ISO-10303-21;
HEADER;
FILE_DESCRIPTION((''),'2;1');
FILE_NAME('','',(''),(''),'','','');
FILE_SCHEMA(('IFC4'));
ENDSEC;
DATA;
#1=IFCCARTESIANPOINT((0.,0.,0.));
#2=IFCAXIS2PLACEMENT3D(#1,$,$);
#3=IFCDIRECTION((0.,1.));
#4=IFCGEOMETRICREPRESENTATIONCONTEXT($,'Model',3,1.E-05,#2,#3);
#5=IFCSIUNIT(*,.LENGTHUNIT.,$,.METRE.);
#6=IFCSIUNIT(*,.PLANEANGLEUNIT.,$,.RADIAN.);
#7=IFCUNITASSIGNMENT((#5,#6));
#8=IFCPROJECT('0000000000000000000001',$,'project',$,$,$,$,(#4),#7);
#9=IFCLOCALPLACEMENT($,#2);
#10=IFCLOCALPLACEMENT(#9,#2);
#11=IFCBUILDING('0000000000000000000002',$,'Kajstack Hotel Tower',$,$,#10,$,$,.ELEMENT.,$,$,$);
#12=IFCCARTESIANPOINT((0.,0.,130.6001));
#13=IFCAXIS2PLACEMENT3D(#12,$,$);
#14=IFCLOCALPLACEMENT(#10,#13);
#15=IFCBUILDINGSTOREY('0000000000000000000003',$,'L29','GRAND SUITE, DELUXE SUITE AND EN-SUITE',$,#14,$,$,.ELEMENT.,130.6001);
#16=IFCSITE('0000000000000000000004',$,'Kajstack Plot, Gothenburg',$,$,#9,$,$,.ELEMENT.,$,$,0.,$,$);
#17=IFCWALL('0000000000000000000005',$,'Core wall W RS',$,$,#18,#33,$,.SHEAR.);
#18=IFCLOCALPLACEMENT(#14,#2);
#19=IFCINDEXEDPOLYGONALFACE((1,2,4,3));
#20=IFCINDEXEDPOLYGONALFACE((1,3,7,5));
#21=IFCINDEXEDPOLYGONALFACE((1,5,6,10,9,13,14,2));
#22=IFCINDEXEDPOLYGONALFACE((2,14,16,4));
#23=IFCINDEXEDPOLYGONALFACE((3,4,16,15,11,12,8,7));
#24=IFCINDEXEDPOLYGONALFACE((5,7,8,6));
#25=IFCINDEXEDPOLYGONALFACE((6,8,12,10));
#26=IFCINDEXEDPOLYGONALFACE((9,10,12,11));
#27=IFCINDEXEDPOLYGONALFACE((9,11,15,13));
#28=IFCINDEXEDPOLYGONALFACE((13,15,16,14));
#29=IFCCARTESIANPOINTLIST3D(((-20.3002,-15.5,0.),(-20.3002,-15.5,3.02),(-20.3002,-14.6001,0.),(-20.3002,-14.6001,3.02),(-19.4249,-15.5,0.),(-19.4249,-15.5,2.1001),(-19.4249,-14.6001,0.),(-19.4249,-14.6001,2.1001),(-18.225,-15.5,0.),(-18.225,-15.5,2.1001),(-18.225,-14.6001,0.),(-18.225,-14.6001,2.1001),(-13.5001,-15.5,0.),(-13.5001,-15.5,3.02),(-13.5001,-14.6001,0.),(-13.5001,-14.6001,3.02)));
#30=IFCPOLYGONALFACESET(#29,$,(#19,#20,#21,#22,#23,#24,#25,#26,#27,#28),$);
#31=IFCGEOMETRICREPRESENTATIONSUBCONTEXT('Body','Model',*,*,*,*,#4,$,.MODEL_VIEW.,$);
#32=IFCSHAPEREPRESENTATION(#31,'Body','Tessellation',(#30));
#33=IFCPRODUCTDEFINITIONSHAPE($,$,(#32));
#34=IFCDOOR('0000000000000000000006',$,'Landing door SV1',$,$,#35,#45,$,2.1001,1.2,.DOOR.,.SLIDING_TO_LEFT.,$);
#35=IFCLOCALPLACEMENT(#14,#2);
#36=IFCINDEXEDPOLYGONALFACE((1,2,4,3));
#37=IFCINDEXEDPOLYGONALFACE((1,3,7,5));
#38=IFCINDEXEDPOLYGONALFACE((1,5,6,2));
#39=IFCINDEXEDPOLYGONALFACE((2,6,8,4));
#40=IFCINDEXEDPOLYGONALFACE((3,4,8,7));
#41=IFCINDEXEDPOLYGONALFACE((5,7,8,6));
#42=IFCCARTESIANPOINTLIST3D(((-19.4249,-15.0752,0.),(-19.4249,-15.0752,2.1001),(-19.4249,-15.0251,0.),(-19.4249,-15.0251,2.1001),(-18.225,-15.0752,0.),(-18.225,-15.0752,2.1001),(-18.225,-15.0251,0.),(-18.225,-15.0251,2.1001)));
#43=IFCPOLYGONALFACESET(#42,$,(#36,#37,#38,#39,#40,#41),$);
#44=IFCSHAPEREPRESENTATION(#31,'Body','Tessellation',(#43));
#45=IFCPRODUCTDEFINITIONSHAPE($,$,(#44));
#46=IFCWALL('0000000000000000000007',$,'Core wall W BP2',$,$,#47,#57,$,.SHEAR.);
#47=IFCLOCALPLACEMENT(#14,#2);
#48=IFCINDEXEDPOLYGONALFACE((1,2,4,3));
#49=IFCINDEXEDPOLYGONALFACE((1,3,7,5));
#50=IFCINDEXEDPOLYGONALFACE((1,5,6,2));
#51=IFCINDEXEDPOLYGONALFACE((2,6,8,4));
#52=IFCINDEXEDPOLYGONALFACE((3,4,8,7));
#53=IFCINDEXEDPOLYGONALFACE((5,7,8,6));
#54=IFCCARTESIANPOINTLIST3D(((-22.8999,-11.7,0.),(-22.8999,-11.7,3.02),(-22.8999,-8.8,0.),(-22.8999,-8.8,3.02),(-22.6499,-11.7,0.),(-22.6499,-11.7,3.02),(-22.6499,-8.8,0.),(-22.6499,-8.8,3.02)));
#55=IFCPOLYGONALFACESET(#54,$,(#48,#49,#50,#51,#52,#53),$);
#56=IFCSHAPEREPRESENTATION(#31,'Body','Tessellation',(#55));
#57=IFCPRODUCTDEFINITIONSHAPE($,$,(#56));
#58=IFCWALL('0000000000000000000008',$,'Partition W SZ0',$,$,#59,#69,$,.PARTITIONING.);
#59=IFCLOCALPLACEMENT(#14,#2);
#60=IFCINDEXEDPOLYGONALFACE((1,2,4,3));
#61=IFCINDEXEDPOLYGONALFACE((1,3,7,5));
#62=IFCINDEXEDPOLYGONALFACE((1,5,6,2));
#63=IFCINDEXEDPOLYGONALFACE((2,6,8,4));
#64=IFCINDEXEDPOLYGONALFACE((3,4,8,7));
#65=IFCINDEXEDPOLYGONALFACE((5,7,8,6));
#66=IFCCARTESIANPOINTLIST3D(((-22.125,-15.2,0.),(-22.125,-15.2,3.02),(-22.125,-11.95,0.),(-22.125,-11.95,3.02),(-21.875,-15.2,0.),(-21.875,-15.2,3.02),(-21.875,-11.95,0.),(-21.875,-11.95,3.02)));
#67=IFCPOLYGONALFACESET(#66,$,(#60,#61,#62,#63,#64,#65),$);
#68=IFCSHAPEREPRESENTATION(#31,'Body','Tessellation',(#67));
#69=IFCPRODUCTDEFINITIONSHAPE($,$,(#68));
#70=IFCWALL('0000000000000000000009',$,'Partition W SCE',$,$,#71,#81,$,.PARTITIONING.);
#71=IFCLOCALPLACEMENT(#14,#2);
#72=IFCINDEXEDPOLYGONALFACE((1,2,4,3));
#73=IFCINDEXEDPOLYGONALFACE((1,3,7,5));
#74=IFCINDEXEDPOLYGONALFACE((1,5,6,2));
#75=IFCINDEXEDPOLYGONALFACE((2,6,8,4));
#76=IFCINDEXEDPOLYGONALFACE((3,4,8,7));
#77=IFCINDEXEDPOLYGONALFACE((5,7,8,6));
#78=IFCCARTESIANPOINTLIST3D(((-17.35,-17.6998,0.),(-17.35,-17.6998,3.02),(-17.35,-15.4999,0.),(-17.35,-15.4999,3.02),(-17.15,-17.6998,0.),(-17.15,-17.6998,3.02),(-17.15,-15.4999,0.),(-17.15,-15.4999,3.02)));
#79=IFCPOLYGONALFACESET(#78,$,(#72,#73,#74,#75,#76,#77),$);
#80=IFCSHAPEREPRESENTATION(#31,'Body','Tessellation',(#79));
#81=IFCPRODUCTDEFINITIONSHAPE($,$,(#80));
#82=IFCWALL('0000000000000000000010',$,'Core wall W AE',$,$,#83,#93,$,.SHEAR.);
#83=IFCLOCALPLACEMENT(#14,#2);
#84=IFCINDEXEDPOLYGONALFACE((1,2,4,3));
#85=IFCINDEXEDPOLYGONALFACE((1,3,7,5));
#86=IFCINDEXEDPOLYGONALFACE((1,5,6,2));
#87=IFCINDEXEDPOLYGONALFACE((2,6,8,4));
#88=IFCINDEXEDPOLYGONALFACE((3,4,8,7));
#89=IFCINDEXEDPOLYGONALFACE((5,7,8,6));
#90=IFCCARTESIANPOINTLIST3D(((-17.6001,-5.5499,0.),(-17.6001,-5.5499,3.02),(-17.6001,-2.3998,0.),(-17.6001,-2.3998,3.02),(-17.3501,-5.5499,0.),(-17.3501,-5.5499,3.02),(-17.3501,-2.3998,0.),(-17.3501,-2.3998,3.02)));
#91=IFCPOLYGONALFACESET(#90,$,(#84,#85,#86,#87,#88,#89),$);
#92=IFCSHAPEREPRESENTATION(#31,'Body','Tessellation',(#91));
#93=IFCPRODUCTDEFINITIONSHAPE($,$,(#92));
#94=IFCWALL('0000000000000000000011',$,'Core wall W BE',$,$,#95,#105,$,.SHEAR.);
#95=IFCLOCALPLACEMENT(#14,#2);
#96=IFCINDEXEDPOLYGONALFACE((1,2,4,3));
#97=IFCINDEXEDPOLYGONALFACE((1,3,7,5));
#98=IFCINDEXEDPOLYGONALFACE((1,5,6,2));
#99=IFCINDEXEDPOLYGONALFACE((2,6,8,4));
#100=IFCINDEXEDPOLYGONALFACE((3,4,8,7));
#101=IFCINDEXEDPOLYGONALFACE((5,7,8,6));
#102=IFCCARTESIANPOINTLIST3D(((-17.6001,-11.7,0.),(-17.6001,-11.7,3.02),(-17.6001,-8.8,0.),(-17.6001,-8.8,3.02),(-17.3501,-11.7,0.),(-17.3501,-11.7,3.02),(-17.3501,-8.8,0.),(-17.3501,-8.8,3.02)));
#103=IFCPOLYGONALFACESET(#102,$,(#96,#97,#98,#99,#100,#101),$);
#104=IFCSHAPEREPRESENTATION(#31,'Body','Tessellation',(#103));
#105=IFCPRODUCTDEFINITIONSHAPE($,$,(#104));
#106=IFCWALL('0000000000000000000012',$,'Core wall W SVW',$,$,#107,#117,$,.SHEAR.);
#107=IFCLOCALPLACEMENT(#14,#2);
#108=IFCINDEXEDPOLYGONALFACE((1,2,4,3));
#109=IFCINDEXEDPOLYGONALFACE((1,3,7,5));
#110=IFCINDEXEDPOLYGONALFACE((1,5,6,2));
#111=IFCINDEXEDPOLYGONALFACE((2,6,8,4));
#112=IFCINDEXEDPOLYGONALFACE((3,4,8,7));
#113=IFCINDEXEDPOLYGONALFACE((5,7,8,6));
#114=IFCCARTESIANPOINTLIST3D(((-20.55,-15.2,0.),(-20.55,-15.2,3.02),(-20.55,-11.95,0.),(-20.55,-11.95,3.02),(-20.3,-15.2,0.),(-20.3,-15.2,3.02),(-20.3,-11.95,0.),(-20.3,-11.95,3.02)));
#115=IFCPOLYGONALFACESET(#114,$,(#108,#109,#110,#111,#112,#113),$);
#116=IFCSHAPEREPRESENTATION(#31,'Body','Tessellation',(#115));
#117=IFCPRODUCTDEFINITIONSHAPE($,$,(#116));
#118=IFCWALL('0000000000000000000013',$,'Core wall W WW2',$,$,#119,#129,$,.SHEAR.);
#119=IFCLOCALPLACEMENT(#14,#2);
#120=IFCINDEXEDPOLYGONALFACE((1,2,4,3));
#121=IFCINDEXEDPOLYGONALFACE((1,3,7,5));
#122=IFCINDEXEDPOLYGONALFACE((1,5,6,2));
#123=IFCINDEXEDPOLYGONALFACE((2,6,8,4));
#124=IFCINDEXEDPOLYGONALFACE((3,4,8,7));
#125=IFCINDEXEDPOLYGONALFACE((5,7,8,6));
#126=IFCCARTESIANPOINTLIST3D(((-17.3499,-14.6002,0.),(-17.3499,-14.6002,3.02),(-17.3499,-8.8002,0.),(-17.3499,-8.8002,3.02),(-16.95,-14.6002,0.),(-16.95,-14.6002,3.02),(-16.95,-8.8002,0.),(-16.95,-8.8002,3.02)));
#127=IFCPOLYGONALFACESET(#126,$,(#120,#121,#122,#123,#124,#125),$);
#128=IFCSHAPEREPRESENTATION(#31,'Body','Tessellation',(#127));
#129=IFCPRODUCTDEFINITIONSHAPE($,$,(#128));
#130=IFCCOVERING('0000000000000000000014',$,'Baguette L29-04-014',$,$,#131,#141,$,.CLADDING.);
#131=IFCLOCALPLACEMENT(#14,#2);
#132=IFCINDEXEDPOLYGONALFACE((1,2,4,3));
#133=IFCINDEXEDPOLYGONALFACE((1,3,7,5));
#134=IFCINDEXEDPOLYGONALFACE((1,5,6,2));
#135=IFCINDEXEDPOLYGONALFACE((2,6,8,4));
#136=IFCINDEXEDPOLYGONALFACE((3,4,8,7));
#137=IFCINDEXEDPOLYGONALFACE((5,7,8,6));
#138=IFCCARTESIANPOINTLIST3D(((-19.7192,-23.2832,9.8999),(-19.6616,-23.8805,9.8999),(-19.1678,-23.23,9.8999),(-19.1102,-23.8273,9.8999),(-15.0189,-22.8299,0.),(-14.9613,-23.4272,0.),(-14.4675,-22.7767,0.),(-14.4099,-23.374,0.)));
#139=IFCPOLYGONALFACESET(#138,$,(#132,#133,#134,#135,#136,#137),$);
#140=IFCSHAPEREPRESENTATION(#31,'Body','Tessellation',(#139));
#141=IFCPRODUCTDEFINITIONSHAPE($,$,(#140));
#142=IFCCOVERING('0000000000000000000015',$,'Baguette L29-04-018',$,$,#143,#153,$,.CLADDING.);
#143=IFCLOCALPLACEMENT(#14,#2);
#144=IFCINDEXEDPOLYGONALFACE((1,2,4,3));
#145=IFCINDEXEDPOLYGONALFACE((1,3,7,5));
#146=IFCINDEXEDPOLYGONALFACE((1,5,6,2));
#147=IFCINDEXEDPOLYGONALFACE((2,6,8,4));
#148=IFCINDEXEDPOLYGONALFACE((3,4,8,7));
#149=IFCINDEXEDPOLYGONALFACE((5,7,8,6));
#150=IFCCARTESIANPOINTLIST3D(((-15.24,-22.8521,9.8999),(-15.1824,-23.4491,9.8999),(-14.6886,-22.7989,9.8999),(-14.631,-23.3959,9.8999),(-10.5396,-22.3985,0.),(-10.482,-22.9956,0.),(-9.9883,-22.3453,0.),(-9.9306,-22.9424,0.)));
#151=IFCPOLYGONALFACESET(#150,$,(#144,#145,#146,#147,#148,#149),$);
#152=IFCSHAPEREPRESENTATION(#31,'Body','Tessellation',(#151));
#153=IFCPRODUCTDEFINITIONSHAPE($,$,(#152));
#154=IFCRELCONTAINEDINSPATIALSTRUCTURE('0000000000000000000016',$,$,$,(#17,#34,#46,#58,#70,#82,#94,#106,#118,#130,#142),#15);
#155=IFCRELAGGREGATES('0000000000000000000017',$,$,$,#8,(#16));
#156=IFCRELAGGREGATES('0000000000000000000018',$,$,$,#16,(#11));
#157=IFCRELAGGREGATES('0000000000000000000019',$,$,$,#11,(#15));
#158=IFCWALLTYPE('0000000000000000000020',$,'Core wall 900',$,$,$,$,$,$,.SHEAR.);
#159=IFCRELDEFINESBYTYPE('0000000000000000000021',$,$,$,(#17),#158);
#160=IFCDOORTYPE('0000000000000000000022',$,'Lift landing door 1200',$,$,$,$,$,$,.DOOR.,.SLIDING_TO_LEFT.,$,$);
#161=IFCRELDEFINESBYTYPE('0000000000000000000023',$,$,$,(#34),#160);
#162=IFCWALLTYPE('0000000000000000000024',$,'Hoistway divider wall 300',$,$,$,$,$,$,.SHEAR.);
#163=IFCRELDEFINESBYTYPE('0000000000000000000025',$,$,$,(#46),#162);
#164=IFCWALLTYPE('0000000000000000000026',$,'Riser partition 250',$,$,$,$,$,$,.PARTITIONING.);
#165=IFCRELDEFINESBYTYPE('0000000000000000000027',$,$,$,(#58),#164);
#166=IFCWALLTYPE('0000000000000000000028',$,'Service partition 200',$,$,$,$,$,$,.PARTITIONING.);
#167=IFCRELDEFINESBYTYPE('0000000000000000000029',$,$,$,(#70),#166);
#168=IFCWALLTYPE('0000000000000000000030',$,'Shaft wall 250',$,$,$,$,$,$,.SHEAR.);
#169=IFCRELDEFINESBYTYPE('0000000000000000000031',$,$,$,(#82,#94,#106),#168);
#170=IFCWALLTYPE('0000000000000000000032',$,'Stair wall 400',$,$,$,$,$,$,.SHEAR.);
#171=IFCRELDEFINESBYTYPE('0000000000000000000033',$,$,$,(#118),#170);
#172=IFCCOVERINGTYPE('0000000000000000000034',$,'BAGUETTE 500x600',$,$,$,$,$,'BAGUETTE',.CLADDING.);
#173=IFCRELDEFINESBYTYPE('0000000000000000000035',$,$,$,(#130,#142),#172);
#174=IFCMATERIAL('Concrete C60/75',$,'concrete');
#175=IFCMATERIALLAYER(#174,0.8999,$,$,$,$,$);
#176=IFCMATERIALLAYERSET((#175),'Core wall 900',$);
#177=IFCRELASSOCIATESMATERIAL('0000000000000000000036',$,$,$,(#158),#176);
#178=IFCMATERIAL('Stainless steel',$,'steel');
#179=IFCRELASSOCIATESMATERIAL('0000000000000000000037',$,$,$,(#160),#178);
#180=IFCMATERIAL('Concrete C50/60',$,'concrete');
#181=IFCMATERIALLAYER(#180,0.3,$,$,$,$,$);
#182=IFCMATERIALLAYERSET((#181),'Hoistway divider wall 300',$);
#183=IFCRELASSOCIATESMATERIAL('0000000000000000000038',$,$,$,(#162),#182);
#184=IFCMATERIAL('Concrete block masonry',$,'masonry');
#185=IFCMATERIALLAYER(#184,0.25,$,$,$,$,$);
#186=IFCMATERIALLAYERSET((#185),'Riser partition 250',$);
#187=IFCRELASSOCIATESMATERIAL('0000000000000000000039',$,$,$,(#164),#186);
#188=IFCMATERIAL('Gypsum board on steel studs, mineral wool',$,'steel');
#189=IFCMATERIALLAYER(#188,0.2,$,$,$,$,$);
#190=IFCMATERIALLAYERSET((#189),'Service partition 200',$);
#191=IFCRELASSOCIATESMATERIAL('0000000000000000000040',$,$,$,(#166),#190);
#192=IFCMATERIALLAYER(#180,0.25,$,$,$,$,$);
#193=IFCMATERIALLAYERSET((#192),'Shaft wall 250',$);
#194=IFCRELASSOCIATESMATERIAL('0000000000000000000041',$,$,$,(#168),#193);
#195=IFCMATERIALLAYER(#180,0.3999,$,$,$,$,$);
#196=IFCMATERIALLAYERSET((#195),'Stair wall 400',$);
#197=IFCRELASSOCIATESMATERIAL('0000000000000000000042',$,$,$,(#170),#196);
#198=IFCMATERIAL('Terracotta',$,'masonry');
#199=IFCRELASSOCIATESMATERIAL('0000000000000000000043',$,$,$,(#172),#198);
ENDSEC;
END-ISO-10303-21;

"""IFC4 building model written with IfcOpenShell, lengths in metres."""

from ifc_helpers import new_model, si_unit, direction, frame, frame_2d, origin, origin_2d, place, context, subcontext, project, spatial, polyline, rectangle, outline, extrude, material, layer, layer_set, material_profile, profile_set, type_object, element, fill, save


model = new_model("IFC4")

# Units and contexts
model_context = context("Model", 3, precision=1e-05, world=origin(), true_north=direction((0.0, 1.0)))
body_context = subcontext(model_context, "Body", "Model", "MODEL_VIEW")
ifc_project = project(units=[si_unit("LENGTHUNIT", "METRE"), si_unit("PLANEANGLEUNIT", "RADIAN")], contexts=[model_context])

# Site, building, storey
site_placement = place(None, origin())
site = spatial("IfcSite", under=ifc_project, at=site_placement, Name="Kajstack Plot, Gothenburg", CompositionType="ELEMENT", RefElevation=0.0)
building_placement = place(site_placement, origin())
building = spatial("IfcBuilding", under=site, at=building_placement, Name="Kajstack Hotel Tower", CompositionType="ELEMENT")
storey_placement = place(building_placement, frame((0.0, 0.0, 130.6001)))
storey = spatial("IfcBuildingStorey", under=building, at=storey_placement, Name="L29", Description="GRAND SUITE, DELUXE SUITE AND EN-SUITE", CompositionType="ELEMENT", Elevation=130.6001)

# Wall, opening, door
ifc_material_1 = material(Name="Concrete C60/75", Category="concrete")
ifc_layer_1 = layer(ifc_material_1, 0.8999)
ifc_layer_set_1 = layer_set([ifc_layer_1], Name="Core wall 900")
wall_type_1 = type_object("IfcWallType", Name="Core wall 900", PredefinedType="SHEAR", material=ifc_layer_set_1)
wall_1_placement = place(storey_placement, frame((-20.3, -15.05, 0.0), z_axis=(0.0, 0.0, 1.0), x_axis=(1.0, 0.0, 0.0)))
wall_1 = element("IfcWall", 1, at=wall_1_placement, inside=storey, type_object=wall_type_1, Name="Core wall W RS", PredefinedType="SHEAR", context=body_context, shape_type="SweptSolid", body=[
    extrude(rectangle(XDim=6.8, YDim=0.8999, at=frame_2d((3.3999, 0.0))), origin(), (0.0, 0.0, 1.0), 3.02),
])
opening_placement = place(wall_1_placement, frame((0.875, 0.0, 0.0)))
opening = element("IfcOpeningElement", 2, at=opening_placement, cuts=wall_1, PredefinedType="OPENING", context=body_context, shape_type="SweptSolid", body=[
    extrude(rectangle(XDim=1.2, YDim=2.1001, at=frame_2d((0.6001, 1.05))), frame((0.0, 0.46, 0.0), z_axis=(0.0, -1.0, 0.0), x_axis=(1.0, 0.0, 0.0)), (0.0, 0.0, 1.0), 0.9199),
])
ifc_material_2 = material(Name="Stainless steel", Category="steel")
door_type = type_object("IfcDoorType", Name="Lift landing door 1200", OperationType="SLIDING_TO_LEFT", PredefinedType="DOOR", material=ifc_material_2)
door_placement = place(opening_placement, origin())
door = element("IfcDoor", 3, at=door_placement, inside=storey, type_object=door_type, Name="Landing door SV1", OperationType="SLIDING_TO_LEFT", OverallHeight=2.1001, OverallWidth=1.2, PredefinedType="DOOR", context=body_context, shape_type="SweptSolid", body=[
    extrude(rectangle(XDim=1.2, YDim=2.1001, at=frame_2d((0.6001, 1.05))), frame((0.0, 0.0249, 0.0), z_axis=(0.0, -1.0, 0.0), x_axis=(1.0, 0.0, 0.0)), (0.0, 0.0, 1.0), 0.05),
])
fill(opening, door)

# Walls
ifc_material_3 = material(Name="Concrete C50/60", Category="concrete")
ifc_layer_2 = layer(ifc_material_3, 0.3)
ifc_layer_set_2 = layer_set([ifc_layer_2], Name="Hoistway divider wall 300")
wall_type_2 = type_object("IfcWallType", Name="Hoistway divider wall 300", PredefinedType="SHEAR", material=ifc_layer_set_2)
wall_2_placement = place(storey_placement, frame((-22.7749, -11.7, 0.0), z_axis=(0.0, 0.0, 1.0), x_axis=(0.0, 1.0, 0.0)))
element("IfcWall", 4, at=wall_2_placement, inside=storey, type_object=wall_type_2, Name="Core wall W BP2", PredefinedType="SHEAR", context=body_context, shape_type="SweptSolid", body=[
    extrude(rectangle(XDim=2.8999, YDim=0.25, at=frame_2d((1.45, 0.0))), origin(), (0.0, 0.0, 1.0), 3.02),
])
ifc_material_4 = material(Name="Concrete block masonry", Category="masonry")
ifc_layer_3 = layer(ifc_material_4, 0.25)
ifc_layer_set_3 = layer_set([ifc_layer_3], Name="Riser partition 250")
wall_type_3 = type_object("IfcWallType", Name="Riser partition 250", PredefinedType="PARTITIONING", material=ifc_layer_set_3)
wall_3_placement = place(storey_placement, frame((-22.0, -15.2, 0.0), z_axis=(0.0, 0.0, 1.0), x_axis=(0.0, 1.0, 0.0)))
element("IfcWall", 5, at=wall_3_placement, inside=storey, type_object=wall_type_3, Name="Partition W SZ0", PredefinedType="PARTITIONING", context=body_context, shape_type="SweptSolid", body=[
    extrude(rectangle(XDim=3.25, YDim=0.25, at=frame_2d((1.625, 0.0))), origin(), (0.0, 0.0, 1.0), 3.02),
])
ifc_material_5 = material(Name="Gypsum board on steel studs, mineral wool", Category="steel")
ifc_layer_4 = layer(ifc_material_5, 0.2)
ifc_layer_set_4 = layer_set([ifc_layer_4], Name="Service partition 200")
wall_type_4 = type_object("IfcWallType", Name="Service partition 200", PredefinedType="PARTITIONING", material=ifc_layer_set_4)
wall_4_placement = place(storey_placement, frame((-17.25, -17.7, 0.0), z_axis=(0.0, 0.0, 1.0), x_axis=(0.0, 1.0, 0.0)))
element("IfcWall", 6, at=wall_4_placement, inside=storey, type_object=wall_type_4, Name="Partition W SCE", PredefinedType="PARTITIONING", context=body_context, shape_type="SweptSolid", body=[
    extrude(rectangle(XDim=2.2, YDim=0.2, at=frame_2d((1.1001, 0.0))), origin(), (0.0, 0.0, 1.0), 3.02),
])
ifc_layer_5 = layer(ifc_material_3, 0.25)
ifc_layer_set_5 = layer_set([ifc_layer_5], Name="Shaft wall 250")
wall_type_5 = type_object("IfcWallType", Name="Shaft wall 250", PredefinedType="SHEAR", material=ifc_layer_set_5)
wall_5_placement = place(storey_placement, frame((-17.4751, -5.55, 0.0), z_axis=(0.0, 0.0, 1.0), x_axis=(0.0, 1.0, 0.0)))
element("IfcWall", 7, at=wall_5_placement, inside=storey, type_object=wall_type_5, Name="Core wall W AE", PredefinedType="SHEAR", context=body_context, shape_type="SweptSolid", body=[
    extrude(rectangle(XDim=3.1501, YDim=0.25, at=frame_2d((1.5752, 0.0))), origin(), (0.0, 0.0, 1.0), 3.02),
])
wall_6_placement = place(storey_placement, frame((-17.4751, -11.7, 0.0), z_axis=(0.0, 0.0, 1.0), x_axis=(0.0, 1.0, 0.0)))
element("IfcWall", 8, at=wall_6_placement, inside=storey, type_object=wall_type_5, Name="Core wall W BE", PredefinedType="SHEAR", context=body_context, shape_type="SweptSolid", body=[
    extrude(rectangle(XDim=2.8999, YDim=0.25, at=frame_2d((1.45, 0.0))), origin(), (0.0, 0.0, 1.0), 3.02),
])
wall_7_placement = place(storey_placement, frame((-20.425, -15.2, 0.0), z_axis=(0.0, 0.0, 1.0), x_axis=(0.0, 1.0, 0.0)))
element("IfcWall", 9, at=wall_7_placement, inside=storey, type_object=wall_type_5, Name="Core wall W SVW", PredefinedType="SHEAR", context=body_context, shape_type="SweptSolid", body=[
    extrude(rectangle(XDim=3.25, YDim=0.25, at=frame_2d((1.625, 0.0))), origin(), (0.0, 0.0, 1.0), 3.02),
])
ifc_layer_6 = layer(ifc_material_3, 0.3999)
ifc_layer_set_6 = layer_set([ifc_layer_6], Name="Stair wall 400")
wall_type_6 = type_object("IfcWallType", Name="Stair wall 400", PredefinedType="SHEAR", material=ifc_layer_set_6)
wall_8_placement = place(storey_placement, frame((-17.1499, -14.6001, 0.0), z_axis=(0.0, 0.0, 1.0), x_axis=(0.0, 1.0, 0.0)))
element("IfcWall", 10, at=wall_8_placement, inside=storey, type_object=wall_type_6, Name="Core wall W WW2", PredefinedType="SHEAR", context=body_context, shape_type="SweptSolid", body=[
    extrude(rectangle(XDim=5.8, YDim=0.3999, at=frame_2d((2.8999, 0.0))), origin(), (0.0, 0.0, 1.0), 3.02),
])

# Coverings
ifc_material_6 = material(Name="Terracotta", Category="masonry")
ifc_material_profile = material_profile(ifc_material_6, rectangle(XDim=0.6001, YDim=0.5, at=origin_2d()), Name="Terracotta-clad concrete baguette 500 x 600")
ifc_profile_set = profile_set([ifc_material_profile], Name="Terracotta")
covering_type = type_object("IfcCoveringType", Name="BAGUETTE 500x600", ElementType="BAGUETTE", PredefinedType="CLADDING", material=ifc_profile_set)
covering_1_placement = place(storey_placement, frame((-19.7192, -23.2832, 0.0), z_axis=(0.095999, -0.995381, 0.0), x_axis=(0.995381, 0.095999, 0.0)))
element("IfcCovering", 11, at=covering_1_placement, inside=storey, type_object=covering_type, Name="Baguette L29-04-014", PredefinedType="CLADDING", context=body_context, shape_type="SweptSolid", body=[
    extrude(outline(polyline([(0.0, 9.8999), (4.7222, 0.0), (5.2761, 0.0), (0.554, 9.8999), (0.0, 9.8999)])), origin(), (0.0, 0.0, 1.0), 0.6001),
])
covering_2_placement = place(storey_placement, frame((-15.24, -22.8521, 0.0), z_axis=(0.096038, -0.995378, 0.0), x_axis=(0.995378, 0.096038, 0.0)))
element("IfcCovering", 12, at=covering_2_placement, inside=storey, type_object=covering_type, Name="Baguette L29-04-018", PredefinedType="CLADDING", context=body_context, shape_type="SweptSolid", body=[
    extrude(outline(polyline([(0.0, 9.8999), (4.7222, 0.0), (5.2761, 0.0), (0.554, 9.8999), (0.0, 9.8999)])), origin(), (0.0, 0.0, 1.0), 0.5999),
])

save(model, "model.ifc")
